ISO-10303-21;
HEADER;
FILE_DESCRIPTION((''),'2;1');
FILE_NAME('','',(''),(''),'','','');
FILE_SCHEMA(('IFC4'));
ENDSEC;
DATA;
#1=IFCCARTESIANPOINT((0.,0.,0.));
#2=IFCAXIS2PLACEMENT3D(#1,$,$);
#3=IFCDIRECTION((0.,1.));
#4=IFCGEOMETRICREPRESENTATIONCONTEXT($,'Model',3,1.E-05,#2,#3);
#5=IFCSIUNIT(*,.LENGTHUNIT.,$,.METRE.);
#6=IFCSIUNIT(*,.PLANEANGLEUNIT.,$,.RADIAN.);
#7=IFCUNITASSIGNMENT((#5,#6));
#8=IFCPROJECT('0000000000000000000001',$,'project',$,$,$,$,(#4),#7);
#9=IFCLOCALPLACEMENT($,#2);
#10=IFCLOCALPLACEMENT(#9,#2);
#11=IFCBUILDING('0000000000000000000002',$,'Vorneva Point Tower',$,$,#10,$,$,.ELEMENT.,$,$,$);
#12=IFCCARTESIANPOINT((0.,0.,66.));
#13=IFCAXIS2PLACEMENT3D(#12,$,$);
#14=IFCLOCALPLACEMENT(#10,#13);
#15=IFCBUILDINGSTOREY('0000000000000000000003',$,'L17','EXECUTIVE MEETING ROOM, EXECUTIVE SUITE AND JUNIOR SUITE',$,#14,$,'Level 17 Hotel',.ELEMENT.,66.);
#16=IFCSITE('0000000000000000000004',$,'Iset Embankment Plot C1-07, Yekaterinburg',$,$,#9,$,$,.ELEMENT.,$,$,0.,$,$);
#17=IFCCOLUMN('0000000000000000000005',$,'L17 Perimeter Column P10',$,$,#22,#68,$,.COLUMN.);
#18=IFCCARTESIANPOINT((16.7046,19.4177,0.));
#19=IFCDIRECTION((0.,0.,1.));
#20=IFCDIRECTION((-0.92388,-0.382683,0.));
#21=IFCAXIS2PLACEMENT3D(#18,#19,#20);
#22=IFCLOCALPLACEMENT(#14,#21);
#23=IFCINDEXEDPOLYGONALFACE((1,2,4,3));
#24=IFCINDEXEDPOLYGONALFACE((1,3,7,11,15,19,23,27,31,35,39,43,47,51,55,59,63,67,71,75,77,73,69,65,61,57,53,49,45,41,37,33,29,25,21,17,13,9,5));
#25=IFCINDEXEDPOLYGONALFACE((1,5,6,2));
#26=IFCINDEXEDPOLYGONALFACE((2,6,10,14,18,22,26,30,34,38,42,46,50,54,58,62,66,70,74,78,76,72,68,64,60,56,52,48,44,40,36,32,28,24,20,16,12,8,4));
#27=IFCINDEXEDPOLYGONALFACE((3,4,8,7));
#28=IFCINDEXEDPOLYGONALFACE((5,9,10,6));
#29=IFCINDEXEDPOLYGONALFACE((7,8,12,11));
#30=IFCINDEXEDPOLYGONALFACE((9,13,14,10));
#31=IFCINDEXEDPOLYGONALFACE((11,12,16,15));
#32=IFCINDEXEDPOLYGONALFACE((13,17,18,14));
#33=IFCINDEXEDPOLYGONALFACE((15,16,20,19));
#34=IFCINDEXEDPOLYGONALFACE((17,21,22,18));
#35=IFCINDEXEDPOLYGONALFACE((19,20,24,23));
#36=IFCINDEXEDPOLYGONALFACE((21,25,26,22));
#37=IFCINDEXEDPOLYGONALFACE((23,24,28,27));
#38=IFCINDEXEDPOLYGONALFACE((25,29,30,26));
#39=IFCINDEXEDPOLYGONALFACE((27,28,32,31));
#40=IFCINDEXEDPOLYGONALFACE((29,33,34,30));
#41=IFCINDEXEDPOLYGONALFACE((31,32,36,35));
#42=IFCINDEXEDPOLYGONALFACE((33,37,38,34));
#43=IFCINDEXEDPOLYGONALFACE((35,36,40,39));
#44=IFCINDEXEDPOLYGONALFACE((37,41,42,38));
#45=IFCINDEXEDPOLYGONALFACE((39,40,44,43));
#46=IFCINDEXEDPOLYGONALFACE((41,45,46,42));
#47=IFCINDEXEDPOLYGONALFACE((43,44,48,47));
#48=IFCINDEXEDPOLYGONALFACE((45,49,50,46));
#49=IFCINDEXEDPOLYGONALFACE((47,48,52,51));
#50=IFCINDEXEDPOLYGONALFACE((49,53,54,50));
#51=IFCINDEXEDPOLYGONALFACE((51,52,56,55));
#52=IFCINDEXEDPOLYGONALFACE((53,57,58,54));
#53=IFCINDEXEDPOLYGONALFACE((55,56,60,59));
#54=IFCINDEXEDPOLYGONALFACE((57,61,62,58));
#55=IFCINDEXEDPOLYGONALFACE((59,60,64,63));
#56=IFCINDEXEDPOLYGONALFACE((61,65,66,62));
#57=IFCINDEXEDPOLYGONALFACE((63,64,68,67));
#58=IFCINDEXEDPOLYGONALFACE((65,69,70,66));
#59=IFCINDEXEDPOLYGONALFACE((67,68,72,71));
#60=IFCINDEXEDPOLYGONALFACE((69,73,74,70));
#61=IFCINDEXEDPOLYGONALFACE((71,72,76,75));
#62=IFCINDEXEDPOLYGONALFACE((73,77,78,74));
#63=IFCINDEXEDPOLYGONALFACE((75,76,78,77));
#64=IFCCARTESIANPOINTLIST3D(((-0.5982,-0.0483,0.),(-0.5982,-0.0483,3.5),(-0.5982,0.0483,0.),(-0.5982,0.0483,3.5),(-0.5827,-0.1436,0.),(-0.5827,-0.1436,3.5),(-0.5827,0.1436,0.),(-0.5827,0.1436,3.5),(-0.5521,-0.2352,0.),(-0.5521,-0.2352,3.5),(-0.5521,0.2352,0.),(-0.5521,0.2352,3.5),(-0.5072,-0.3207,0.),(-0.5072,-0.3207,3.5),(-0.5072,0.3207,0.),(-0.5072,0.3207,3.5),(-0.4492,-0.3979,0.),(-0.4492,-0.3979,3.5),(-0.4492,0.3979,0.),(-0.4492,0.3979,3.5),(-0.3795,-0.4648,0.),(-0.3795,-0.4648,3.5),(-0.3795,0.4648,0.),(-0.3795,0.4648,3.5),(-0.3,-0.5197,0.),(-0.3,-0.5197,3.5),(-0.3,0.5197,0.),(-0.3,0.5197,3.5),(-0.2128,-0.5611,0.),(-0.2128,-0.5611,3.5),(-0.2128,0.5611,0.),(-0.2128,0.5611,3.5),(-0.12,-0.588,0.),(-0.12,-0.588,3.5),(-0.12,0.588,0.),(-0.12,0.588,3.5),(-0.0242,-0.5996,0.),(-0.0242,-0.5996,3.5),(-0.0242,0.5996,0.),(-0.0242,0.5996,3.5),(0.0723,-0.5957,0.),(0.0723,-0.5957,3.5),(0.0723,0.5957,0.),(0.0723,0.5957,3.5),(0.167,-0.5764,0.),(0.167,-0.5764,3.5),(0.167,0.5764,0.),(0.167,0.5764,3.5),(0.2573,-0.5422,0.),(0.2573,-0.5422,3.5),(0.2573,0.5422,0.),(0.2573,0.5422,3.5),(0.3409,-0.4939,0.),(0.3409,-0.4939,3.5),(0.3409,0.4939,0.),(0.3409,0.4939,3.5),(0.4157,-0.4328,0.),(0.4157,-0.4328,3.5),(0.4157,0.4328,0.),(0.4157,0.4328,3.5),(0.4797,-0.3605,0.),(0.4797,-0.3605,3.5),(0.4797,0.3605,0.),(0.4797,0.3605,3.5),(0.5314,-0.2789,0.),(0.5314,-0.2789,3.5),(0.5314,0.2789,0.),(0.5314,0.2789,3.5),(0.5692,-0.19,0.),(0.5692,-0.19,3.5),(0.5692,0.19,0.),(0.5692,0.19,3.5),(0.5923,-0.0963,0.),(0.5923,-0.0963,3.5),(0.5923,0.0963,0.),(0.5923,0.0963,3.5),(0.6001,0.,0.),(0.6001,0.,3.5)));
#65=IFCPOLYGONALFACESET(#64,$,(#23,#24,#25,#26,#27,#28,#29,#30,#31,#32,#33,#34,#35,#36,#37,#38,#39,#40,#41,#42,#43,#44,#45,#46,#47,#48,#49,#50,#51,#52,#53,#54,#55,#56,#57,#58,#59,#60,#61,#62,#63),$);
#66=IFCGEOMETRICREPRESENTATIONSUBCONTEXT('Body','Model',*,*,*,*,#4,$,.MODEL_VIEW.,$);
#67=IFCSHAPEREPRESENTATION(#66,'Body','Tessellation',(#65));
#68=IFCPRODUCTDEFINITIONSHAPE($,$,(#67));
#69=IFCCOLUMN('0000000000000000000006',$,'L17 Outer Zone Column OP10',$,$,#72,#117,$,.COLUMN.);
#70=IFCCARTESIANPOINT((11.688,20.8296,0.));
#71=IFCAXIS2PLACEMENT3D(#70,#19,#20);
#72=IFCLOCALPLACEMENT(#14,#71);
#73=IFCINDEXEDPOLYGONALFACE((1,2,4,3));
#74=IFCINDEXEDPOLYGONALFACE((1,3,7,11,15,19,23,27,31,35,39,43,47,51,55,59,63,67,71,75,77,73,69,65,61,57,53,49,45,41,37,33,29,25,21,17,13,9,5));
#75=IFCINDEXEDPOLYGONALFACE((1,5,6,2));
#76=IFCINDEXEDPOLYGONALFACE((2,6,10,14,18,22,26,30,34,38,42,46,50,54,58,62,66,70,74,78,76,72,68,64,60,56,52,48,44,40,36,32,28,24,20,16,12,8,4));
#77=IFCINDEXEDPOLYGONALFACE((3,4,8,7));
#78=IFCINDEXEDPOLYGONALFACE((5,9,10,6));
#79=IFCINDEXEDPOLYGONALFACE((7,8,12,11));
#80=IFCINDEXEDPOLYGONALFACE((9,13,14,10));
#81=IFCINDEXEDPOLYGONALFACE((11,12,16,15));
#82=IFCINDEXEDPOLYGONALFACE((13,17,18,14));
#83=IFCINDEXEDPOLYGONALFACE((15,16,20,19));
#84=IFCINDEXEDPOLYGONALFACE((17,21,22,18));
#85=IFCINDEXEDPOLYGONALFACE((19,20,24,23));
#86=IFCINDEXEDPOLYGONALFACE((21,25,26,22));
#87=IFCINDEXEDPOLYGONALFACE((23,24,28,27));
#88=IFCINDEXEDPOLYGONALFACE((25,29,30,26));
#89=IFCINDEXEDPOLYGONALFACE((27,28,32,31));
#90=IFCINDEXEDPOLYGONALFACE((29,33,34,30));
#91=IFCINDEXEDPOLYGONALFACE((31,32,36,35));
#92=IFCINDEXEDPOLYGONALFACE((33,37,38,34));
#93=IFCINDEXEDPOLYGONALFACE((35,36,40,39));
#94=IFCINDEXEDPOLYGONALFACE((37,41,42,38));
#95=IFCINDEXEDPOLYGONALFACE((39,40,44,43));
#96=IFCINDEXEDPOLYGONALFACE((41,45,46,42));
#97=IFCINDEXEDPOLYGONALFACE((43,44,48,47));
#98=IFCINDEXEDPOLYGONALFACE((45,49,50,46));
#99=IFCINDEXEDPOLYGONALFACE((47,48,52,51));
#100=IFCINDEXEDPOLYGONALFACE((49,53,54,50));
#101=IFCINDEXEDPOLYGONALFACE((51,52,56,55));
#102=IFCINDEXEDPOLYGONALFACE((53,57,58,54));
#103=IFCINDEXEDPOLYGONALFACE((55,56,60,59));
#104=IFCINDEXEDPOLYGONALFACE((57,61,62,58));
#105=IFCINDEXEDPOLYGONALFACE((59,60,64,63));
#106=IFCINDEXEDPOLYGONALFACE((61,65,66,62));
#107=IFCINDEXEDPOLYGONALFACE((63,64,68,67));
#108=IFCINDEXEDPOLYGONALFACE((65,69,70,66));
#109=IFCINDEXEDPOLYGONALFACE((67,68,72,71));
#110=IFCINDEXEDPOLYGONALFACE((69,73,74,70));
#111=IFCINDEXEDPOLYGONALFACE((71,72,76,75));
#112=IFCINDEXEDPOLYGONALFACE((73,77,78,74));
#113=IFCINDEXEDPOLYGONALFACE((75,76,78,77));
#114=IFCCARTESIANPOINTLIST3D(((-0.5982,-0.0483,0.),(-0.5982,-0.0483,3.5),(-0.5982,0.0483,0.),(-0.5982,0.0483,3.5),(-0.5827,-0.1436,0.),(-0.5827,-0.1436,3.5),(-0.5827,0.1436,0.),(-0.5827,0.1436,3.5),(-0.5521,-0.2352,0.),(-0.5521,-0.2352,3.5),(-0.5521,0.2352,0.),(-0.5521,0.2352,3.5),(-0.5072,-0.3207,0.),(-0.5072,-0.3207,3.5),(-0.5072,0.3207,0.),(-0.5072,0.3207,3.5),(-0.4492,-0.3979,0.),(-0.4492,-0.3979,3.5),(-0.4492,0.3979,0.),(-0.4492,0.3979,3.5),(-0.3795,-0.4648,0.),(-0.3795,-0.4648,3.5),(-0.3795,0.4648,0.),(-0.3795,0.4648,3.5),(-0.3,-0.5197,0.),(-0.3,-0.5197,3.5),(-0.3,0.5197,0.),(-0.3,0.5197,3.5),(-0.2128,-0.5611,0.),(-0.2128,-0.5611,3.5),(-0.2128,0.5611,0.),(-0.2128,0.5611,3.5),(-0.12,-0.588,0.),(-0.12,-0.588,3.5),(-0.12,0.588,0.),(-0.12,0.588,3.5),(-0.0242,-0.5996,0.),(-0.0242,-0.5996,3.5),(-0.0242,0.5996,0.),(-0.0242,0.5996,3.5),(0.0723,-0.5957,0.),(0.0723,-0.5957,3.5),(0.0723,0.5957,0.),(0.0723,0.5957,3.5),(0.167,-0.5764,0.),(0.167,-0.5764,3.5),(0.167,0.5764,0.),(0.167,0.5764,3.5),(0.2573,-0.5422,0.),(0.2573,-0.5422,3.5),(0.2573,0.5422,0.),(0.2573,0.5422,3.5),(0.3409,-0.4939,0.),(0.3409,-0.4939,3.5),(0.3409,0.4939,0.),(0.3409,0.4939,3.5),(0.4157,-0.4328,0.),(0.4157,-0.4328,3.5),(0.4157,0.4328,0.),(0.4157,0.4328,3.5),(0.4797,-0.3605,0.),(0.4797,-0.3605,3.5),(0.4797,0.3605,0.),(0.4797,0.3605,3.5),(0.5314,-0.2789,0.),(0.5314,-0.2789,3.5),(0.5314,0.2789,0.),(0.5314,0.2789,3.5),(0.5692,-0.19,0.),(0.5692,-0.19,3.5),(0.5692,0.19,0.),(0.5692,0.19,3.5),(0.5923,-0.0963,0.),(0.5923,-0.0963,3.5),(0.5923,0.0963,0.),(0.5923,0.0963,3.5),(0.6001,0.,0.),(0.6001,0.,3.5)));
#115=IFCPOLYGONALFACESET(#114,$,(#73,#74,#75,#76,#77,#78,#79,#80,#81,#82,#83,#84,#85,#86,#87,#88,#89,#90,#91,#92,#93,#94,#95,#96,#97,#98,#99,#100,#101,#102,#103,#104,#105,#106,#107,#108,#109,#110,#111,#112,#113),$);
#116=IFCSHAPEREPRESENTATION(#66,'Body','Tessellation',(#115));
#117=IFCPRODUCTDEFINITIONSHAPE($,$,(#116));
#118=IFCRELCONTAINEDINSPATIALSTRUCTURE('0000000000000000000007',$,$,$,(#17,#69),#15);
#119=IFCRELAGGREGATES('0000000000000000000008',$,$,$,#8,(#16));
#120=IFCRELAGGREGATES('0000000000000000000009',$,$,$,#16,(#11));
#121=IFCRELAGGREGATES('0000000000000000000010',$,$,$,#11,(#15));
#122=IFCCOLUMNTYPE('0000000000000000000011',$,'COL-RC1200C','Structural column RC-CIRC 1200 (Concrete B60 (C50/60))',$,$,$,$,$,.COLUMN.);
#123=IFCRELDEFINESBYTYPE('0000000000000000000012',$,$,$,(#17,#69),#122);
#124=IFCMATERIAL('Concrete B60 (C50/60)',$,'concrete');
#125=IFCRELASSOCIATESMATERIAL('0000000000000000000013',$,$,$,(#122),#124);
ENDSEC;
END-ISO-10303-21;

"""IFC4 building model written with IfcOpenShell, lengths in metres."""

from ifc_helpers import new_model, si_unit, direction, frame, origin, origin_2d, place, context, subcontext, project, spatial, circle, extrude, material, material_profile, profile_set, type_object, element, save


model = new_model("IFC4")

# Units and contexts
model_context = context("Model", 3, precision=1e-05, world=origin(), true_north=direction((0.0, 1.0)))
body_context = subcontext(model_context, "Body", "Model", "MODEL_VIEW")
ifc_project = project(units=[si_unit("LENGTHUNIT", "METRE"), si_unit("PLANEANGLEUNIT", "RADIAN")], contexts=[model_context])

# Site, building, storey
site_placement = place(None, origin())
site = spatial("IfcSite", under=ifc_project, at=site_placement, Name="Iset Embankment Plot C1-07, Yekaterinburg", CompositionType="ELEMENT", RefElevation=0.0)
building_placement = place(site_placement, origin())
building = spatial("IfcBuilding", under=site, at=building_placement, Name="Vorneva Point Tower", CompositionType="ELEMENT")
storey_placement = place(building_placement, frame((0.0, 0.0, 66.0)))
storey = spatial("IfcBuildingStorey", under=building, at=storey_placement, Name="L17", Description="EXECUTIVE MEETING ROOM, EXECUTIVE SUITE AND JUNIOR SUITE", LongName="Level 17 Hotel", CompositionType="ELEMENT", Elevation=66.0)

# Columns
ifc_material_1 = material(Name="Concrete B60 (C50/60)", Category="concrete")
ifc_material_profile_1 = material_profile(ifc_material_1, circle(Radius=0.6001, at=origin_2d()), Name="RC-CIRC 1200")
ifc_profile_set_1 = profile_set([ifc_material_profile_1], Name="Concrete B60 (C50/60)")
column_type = type_object("IfcColumnType", Name="COL-RC1200C", Description="Structural column RC-CIRC 1200 (Concrete B60 (C50/60))", PredefinedType="COLUMN", material=ifc_profile_set_1)
for number, where, z_axis, x_axis, name in (
    (1, (16.7046, 19.4177, 0.0), (0.0, 0.0, 1.0), (-0.92388, -0.382683, 0.0), "L17 Perimeter Column P10"),
    (2, (11.688, 20.8296, 0.0), (0.0, 0.0, 1.0), (-0.92388, -0.382683, 0.0), "L17 Outer Zone Column OP10"),
):
    element("IfcColumn", number, at=place(storey_placement, frame(where, z_axis=z_axis, x_axis=x_axis)), inside=storey, type_object=column_type, Name=name, PredefinedType="COLUMN", context=body_context, shape_type="SweptSolid", body=[
        extrude(circle(Radius=0.6001, at=origin_2d()), origin(), (0.0, 0.0, 1.0), 3.5),
    ])

save(model, "model.ifc")
